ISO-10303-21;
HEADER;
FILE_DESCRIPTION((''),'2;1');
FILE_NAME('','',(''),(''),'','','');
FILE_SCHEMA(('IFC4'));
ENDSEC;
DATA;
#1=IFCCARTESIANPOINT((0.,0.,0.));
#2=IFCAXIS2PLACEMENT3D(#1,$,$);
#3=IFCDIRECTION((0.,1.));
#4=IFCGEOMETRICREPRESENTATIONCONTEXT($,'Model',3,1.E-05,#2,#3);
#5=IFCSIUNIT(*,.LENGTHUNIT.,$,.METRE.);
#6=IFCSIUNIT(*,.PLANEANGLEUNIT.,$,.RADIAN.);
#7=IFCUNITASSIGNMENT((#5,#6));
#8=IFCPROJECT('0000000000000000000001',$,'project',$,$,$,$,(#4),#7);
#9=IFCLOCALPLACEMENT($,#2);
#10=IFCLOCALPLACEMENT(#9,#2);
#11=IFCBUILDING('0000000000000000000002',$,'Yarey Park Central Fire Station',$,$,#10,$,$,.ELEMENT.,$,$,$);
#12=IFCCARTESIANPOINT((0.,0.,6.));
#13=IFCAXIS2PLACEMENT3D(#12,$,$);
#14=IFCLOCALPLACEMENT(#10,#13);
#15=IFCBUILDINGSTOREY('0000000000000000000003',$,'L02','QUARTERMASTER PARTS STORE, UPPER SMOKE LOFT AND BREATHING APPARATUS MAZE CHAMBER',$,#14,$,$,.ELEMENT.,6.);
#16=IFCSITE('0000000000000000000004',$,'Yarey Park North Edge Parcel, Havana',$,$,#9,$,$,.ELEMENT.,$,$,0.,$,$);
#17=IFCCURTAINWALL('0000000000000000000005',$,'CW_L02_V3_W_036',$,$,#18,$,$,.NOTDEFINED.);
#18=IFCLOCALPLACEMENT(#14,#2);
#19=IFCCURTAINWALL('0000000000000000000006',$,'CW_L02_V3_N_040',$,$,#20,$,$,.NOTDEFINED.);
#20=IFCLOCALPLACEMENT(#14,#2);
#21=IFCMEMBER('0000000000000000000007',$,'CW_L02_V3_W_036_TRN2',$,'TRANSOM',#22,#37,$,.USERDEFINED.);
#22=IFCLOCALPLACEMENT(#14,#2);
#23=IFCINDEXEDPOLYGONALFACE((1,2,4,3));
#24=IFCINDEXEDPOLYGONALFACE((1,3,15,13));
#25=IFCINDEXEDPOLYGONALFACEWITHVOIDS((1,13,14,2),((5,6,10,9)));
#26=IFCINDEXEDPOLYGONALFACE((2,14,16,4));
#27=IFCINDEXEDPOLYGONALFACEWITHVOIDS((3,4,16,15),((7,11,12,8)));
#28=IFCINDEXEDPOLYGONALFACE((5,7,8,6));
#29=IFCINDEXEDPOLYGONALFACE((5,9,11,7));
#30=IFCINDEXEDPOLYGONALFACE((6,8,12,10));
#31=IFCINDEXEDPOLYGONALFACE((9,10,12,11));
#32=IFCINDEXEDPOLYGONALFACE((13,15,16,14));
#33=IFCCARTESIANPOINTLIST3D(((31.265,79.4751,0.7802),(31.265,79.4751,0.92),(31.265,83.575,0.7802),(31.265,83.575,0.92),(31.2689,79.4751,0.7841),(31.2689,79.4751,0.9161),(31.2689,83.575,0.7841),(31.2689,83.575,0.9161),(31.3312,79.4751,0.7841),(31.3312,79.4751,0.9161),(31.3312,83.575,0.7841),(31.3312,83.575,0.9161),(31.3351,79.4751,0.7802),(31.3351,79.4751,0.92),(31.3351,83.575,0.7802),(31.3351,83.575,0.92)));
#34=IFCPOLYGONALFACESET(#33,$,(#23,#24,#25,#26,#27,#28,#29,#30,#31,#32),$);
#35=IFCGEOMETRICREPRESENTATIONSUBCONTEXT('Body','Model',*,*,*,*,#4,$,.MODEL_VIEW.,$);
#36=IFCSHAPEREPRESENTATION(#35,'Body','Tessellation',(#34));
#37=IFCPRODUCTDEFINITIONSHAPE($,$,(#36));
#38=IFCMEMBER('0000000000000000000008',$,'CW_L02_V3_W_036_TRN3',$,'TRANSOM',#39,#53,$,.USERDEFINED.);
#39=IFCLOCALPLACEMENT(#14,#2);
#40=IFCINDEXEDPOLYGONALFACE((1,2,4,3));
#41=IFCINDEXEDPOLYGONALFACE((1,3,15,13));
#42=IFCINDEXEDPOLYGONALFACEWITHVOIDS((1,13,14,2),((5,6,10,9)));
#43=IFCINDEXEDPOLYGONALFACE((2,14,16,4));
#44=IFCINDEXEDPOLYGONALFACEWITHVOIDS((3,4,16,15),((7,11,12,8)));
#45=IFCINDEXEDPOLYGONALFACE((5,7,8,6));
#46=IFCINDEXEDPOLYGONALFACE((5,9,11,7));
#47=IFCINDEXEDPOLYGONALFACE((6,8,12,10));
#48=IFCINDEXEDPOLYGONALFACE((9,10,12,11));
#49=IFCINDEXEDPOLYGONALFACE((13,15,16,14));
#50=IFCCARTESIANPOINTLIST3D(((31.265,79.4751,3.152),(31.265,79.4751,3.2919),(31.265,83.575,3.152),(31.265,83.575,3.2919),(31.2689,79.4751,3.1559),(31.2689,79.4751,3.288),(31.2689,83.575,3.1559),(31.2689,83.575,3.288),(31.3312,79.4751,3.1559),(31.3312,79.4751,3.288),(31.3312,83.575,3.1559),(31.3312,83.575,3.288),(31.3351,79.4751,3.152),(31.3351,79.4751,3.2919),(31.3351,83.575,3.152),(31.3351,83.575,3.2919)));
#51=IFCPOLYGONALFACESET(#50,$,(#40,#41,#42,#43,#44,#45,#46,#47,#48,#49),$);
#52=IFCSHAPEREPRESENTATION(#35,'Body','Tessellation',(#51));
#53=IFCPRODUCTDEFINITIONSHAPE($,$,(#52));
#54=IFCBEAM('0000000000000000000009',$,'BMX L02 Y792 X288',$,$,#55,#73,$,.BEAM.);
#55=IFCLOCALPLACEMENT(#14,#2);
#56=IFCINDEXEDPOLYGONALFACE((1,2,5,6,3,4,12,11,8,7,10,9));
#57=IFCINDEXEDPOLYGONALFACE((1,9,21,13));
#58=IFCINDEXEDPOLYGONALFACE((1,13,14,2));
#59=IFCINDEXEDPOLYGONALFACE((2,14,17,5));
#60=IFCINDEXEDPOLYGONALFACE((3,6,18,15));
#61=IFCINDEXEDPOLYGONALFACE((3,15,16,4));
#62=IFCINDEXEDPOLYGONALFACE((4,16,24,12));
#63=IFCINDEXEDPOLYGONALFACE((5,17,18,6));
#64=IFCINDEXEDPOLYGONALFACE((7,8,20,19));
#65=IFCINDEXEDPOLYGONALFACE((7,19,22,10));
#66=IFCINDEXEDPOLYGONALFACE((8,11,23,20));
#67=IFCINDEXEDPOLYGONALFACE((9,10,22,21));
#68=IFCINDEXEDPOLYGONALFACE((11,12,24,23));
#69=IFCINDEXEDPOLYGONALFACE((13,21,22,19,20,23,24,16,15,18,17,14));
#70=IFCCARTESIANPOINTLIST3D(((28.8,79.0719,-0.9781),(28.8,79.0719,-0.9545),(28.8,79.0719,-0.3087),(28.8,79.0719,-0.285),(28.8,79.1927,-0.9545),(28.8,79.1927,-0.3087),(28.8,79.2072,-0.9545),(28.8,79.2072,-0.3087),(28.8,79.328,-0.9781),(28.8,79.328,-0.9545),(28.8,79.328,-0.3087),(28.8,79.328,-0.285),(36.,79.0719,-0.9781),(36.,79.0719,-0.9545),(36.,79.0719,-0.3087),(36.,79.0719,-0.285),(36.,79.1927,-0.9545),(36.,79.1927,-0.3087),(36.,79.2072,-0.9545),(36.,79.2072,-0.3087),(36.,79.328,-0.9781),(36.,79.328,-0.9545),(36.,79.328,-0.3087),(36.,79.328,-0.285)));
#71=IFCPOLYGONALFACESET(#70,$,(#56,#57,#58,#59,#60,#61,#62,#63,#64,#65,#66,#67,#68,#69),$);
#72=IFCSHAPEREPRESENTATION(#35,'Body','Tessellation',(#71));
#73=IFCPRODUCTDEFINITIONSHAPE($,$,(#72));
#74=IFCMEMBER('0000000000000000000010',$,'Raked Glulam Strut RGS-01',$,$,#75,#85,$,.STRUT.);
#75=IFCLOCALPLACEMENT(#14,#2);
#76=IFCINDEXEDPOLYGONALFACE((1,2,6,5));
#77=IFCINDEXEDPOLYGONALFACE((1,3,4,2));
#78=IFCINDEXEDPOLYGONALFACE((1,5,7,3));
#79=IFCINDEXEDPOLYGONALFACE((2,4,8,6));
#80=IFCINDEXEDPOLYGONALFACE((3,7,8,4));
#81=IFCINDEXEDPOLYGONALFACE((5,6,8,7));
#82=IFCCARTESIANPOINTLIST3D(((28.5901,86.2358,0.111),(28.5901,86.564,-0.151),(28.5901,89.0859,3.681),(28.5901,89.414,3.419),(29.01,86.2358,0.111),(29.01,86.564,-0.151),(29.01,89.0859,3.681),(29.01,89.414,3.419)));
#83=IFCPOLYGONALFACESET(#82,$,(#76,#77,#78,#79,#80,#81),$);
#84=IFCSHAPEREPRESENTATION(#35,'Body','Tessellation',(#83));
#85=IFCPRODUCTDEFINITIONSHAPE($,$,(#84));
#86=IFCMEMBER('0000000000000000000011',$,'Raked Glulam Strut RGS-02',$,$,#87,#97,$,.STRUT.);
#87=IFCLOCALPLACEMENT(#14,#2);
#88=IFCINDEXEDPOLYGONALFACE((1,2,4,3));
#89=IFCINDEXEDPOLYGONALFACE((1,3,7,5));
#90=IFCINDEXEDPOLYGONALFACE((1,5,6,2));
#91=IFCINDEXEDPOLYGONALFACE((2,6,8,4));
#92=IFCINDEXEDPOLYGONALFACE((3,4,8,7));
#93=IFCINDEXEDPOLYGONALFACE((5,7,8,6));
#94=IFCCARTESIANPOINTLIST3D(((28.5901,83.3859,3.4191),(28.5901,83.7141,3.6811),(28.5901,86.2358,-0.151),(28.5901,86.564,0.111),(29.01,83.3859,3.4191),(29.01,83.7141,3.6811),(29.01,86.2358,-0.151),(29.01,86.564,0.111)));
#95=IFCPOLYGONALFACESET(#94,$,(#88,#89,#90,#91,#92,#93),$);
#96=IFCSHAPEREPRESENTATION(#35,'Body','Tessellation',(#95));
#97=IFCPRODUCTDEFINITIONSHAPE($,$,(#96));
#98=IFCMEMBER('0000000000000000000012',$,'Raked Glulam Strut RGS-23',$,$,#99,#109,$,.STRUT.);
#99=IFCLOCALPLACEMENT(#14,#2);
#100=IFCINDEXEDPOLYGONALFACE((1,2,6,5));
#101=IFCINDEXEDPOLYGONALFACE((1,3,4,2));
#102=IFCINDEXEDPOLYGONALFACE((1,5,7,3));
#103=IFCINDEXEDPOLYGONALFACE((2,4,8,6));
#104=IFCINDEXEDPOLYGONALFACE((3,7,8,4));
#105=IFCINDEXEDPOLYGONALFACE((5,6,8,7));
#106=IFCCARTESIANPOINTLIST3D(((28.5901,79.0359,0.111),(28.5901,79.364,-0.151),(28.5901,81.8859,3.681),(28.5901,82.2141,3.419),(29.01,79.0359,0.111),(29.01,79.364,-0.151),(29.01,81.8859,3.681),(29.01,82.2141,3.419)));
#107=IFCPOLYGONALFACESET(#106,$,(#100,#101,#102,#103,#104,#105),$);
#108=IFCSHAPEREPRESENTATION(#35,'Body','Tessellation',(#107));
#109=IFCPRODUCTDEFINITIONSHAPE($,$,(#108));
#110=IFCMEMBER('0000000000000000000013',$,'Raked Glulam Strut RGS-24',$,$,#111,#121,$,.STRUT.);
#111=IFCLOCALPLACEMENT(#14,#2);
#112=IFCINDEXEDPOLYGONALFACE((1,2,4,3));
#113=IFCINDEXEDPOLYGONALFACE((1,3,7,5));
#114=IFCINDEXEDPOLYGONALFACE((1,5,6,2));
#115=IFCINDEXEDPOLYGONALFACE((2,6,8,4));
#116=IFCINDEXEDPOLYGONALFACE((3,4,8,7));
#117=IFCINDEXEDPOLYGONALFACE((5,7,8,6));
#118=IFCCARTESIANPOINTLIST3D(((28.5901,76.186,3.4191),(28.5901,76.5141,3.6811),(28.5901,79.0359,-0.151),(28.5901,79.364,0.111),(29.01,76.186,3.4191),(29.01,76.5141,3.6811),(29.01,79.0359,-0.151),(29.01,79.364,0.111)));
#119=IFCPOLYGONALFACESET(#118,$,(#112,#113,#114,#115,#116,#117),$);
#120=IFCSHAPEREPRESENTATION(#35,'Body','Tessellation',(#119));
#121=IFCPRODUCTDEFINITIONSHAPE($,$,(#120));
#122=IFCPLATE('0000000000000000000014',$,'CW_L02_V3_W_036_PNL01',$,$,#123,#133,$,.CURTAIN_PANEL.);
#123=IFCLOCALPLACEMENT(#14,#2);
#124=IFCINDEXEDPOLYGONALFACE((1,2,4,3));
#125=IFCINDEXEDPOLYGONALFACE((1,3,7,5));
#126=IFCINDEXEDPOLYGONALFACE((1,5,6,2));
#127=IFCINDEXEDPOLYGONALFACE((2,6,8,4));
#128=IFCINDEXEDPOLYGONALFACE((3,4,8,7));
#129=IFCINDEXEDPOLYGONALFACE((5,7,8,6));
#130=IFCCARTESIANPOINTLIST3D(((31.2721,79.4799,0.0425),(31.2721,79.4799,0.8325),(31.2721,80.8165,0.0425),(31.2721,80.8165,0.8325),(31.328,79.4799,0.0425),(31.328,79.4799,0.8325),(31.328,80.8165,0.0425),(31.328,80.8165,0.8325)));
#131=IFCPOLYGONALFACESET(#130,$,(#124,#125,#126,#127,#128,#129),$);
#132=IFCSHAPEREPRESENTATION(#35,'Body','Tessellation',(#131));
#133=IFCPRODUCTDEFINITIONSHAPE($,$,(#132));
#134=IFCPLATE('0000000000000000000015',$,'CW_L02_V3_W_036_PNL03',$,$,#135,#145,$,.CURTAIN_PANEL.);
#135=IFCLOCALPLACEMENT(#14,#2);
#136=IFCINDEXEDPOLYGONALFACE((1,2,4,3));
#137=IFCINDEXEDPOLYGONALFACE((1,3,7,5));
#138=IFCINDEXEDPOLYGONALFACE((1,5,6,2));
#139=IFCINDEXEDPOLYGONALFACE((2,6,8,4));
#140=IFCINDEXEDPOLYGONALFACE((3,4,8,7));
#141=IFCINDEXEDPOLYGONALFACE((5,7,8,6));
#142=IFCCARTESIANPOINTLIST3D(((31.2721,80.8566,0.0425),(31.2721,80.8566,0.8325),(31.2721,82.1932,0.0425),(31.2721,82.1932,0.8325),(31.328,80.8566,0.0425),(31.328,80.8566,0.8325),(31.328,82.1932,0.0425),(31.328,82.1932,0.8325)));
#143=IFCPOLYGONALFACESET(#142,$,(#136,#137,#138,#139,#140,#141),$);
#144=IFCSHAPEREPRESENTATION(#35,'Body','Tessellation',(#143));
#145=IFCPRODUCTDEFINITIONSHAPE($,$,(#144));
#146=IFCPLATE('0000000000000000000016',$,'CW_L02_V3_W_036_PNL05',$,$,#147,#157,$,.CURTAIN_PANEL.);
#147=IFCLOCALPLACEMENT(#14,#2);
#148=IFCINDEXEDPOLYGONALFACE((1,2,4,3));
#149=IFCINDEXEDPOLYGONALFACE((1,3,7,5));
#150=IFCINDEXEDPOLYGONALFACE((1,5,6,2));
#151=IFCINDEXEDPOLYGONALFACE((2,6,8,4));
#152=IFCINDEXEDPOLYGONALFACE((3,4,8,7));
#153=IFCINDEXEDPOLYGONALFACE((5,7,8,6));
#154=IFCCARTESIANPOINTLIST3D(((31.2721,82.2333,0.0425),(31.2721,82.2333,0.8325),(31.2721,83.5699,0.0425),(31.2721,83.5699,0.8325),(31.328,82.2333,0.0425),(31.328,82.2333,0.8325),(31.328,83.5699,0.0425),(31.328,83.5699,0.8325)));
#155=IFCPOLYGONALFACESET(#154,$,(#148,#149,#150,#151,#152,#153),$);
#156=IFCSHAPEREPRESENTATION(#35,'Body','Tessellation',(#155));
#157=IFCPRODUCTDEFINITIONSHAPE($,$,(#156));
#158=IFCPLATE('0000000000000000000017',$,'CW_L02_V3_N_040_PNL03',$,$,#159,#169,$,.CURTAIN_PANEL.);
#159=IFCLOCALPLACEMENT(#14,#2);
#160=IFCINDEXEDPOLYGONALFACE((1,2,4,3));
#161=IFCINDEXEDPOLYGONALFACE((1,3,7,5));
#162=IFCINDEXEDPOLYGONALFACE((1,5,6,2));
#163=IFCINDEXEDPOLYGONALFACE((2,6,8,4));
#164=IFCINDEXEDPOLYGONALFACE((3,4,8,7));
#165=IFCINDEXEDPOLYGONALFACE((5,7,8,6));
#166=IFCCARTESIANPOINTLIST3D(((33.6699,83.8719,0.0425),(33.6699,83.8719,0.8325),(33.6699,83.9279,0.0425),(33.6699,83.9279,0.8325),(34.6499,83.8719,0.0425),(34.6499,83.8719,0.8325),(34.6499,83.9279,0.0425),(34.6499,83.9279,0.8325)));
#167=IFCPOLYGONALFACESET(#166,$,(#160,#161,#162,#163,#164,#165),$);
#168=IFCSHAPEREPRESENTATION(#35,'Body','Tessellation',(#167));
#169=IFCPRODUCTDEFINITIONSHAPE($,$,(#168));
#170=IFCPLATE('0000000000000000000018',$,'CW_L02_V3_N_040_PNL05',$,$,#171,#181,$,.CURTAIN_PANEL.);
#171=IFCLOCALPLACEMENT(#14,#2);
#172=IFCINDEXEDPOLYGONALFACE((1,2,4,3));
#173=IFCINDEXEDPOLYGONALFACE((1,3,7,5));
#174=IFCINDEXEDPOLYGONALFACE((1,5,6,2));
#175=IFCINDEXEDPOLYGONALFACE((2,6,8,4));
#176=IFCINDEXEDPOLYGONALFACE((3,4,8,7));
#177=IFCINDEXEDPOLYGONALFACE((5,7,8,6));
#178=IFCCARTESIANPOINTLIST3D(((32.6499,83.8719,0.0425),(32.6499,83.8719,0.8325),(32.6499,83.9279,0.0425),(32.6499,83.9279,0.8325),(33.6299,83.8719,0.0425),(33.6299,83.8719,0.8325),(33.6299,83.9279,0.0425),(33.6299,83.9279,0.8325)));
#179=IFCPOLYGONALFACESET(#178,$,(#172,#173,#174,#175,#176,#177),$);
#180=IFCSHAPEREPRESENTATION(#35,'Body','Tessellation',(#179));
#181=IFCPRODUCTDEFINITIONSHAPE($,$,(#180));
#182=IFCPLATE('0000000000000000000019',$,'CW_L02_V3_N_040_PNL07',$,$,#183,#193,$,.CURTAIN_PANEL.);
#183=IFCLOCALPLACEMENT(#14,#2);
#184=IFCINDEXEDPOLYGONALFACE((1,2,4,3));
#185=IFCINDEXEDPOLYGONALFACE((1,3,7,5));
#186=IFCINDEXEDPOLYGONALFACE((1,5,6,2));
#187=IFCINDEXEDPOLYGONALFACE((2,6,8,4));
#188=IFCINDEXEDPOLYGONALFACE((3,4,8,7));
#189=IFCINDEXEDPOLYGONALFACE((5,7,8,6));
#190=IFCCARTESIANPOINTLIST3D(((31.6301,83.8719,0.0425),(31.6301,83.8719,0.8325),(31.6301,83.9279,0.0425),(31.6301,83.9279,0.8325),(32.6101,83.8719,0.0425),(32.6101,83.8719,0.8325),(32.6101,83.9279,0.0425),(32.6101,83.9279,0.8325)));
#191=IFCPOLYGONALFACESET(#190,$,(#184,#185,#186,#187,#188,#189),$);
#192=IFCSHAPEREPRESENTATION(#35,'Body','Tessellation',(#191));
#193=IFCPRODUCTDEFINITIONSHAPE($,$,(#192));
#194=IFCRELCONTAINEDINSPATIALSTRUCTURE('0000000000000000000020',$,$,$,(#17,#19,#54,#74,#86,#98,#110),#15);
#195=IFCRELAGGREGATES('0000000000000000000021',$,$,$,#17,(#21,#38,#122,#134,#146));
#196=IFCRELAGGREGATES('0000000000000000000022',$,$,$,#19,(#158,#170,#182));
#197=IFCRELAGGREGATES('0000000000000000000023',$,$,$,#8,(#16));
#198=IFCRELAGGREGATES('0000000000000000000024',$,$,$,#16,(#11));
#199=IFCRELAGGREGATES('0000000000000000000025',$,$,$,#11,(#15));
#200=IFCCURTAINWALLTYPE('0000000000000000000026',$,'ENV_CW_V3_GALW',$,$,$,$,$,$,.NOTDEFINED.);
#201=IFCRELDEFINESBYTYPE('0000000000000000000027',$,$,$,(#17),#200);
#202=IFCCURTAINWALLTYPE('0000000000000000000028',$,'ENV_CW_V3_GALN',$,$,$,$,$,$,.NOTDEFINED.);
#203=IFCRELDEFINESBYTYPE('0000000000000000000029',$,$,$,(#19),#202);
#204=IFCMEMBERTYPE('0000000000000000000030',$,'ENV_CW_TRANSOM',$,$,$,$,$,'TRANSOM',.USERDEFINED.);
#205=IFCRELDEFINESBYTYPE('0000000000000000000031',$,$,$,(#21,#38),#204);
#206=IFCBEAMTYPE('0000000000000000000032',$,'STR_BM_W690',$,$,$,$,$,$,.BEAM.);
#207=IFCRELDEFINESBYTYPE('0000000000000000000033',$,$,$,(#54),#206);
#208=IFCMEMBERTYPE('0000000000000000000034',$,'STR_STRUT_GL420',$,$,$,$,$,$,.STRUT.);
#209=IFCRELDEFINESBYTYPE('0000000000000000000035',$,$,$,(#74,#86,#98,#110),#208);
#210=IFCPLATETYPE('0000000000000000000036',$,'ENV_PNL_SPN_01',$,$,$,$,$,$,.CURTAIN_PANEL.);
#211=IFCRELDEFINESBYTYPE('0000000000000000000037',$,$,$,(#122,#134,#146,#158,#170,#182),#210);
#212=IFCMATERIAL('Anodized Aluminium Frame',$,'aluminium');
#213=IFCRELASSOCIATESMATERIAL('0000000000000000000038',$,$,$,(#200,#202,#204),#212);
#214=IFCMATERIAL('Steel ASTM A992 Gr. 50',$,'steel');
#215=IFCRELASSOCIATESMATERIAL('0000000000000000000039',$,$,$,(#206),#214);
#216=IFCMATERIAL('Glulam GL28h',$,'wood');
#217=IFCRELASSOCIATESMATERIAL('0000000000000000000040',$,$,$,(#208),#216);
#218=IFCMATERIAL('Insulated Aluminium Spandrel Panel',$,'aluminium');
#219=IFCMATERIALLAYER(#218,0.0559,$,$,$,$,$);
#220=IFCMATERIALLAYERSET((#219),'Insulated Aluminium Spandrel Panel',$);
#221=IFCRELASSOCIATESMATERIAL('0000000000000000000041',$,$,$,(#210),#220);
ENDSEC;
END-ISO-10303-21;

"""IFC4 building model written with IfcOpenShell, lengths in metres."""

from ifc_helpers import new_model, si_unit, direction, frame, origin, origin_2d, place, context, subcontext, project, spatial, rectangle, hollow_rectangle, i_section, extrude, material, layer, layer_set, material_profile, profile_set, type_object, element, aggregate, save


model = new_model("IFC4")

# Units and contexts
model_context = context("Model", 3, precision=1e-05, world=origin(), true_north=direction((0.0, 1.0)))
body_context = subcontext(model_context, "Body", "Model", "MODEL_VIEW")
ifc_project = project(units=[si_unit("LENGTHUNIT", "METRE"), si_unit("PLANEANGLEUNIT", "RADIAN")], contexts=[model_context])

# Site, building, storey
site_placement = place(None, origin())
site = spatial("IfcSite", under=ifc_project, at=site_placement, Name="Yarey Park North Edge Parcel, Havana", CompositionType="ELEMENT", RefElevation=0.0)
building_placement = place(site_placement, origin())
building = spatial("IfcBuilding", under=site, at=building_placement, Name="Yarey Park Central Fire Station", CompositionType="ELEMENT")
storey_placement = place(building_placement, frame((0.0, 0.0, 6.0)))
storey = spatial("IfcBuildingStorey", under=building, at=storey_placement, Name="L02", Description="QUARTERMASTER PARTS STORE, UPPER SMOKE LOFT AND BREATHING APPARATUS MAZE CHAMBER", CompositionType="ELEMENT", Elevation=6.0)

# Shared definitions
ifc_material_1 = material(Name="Steel ASTM A992 Gr. 50", Category="steel")

# Curtain walls
ifc_material_2 = material(Name="Anodized Aluminium Frame", Category="aluminium")
curtain_wall_type_1 = type_object("IfcCurtainWallType", Name="ENV_CW_V3_GALW", PredefinedType="NOTDEFINED", material=ifc_material_2)
curtain_wall_1_placement = place(storey_placement, origin())
curtain_wall_1 = element("IfcCurtainWall", 1, at=curtain_wall_1_placement, inside=storey, type_object=curtain_wall_type_1, Name="CW_L02_V3_W_036", PredefinedType="NOTDEFINED")
curtain_wall_type_2 = type_object("IfcCurtainWallType", Name="ENV_CW_V3_GALN", PredefinedType="NOTDEFINED", material=ifc_material_2)
curtain_wall_2_placement = place(storey_placement, origin())
curtain_wall_2 = element("IfcCurtainWall", 2, at=curtain_wall_2_placement, inside=storey, type_object=curtain_wall_type_2, Name="CW_L02_V3_N_040", PredefinedType="NOTDEFINED")

# Members
ifc_material_profile_1 = material_profile(ifc_material_2, hollow_rectangle(XDim=0.0701, YDim=0.1399, WallThickness=0.0039, at=origin_2d()), Name="ALU 140x70x4")
ifc_profile_set_1 = profile_set([ifc_material_profile_1], Name="Anodized Aluminium Frame")
member_type_1 = type_object("IfcMemberType", Name="ENV_CW_TRANSOM", ElementType="TRANSOM", PredefinedType="USERDEFINED", material=ifc_profile_set_1)
member_1_placement = place(storey_placement, frame((31.3, 79.4751, 0.8501), z_axis=(0.0, 1.0, 0.0), x_axis=(-1.0, 0.0, 0.0)))
member_1 = element("IfcMember", 3, at=member_1_placement, type_object=member_type_1, Name="CW_L02_V3_W_036_TRN2", ObjectType="TRANSOM", PredefinedType="USERDEFINED", context=body_context, shape_type="SweptSolid", body=[
    extrude(hollow_rectangle(XDim=0.0701, YDim=0.1399, WallThickness=0.0039, at=origin_2d()), origin(), (0.0, 0.0, 1.0), 4.0999),
])
member_2_placement = place(storey_placement, frame((31.3, 79.4751, 3.2219), z_axis=(0.0, 1.0, 0.0), x_axis=(-1.0, 0.0, 0.0)))
member_2 = element("IfcMember", 4, at=member_2_placement, type_object=member_type_1, Name="CW_L02_V3_W_036_TRN3", ObjectType="TRANSOM", PredefinedType="USERDEFINED", context=body_context, shape_type="SweptSolid", body=[
    extrude(hollow_rectangle(XDim=0.0701, YDim=0.1399, WallThickness=0.0039, at=origin_2d()), origin(), (0.0, 0.0, 1.0), 4.0999),
])

# Beam
ifc_material_profile_2 = material_profile(ifc_material_1, i_section(OverallWidth=0.2561, OverallDepth=0.6931, WebThickness=0.0144, FlangeThickness=0.0237, at=origin_2d()), Name="W690x170")
ifc_profile_set_2 = profile_set([ifc_material_profile_2], Name="Steel ASTM A992 Gr. 50")
beam_type = type_object("IfcBeamType", Name="STR_BM_W690", PredefinedType="BEAM", material=ifc_profile_set_2)
beam_placement = place(storey_placement, frame((28.8, 79.2, -0.6316), z_axis=(1.0, 0.0, 0.0), x_axis=(0.0, 1.0, 0.0)))
element("IfcBeam", 5, at=beam_placement, inside=storey, type_object=beam_type, Name="BMX L02 Y792 X288", PredefinedType="BEAM", context=body_context, shape_type="SweptSolid", body=[
    extrude(i_section(OverallWidth=0.2561, OverallDepth=0.6931, WebThickness=0.0144, FlangeThickness=0.0237, at=origin_2d()), origin(), (0.0, 0.0, 1.0), 7.2),
])

# Members
ifc_material_3 = material(Name="Glulam GL28h", Category="wood")
ifc_material_profile_3 = material_profile(ifc_material_3, rectangle(XDim=0.4199, YDim=0.4199, at=origin_2d()), Name="GL 420x420")
ifc_profile_set_3 = profile_set([ifc_material_profile_3], Name="Glulam GL28h")
member_type_2 = type_object("IfcMemberType", Name="STR_STRUT_GL420", PredefinedType="STRUT", material=ifc_profile_set_3)
for number, where, z_axis, x_axis, name in (
    (6, (28.8, 86.3999, -0.02), (0.0, 0.6239, 0.781505), (-1.0, 0.0, 0.0), "Raked Glulam Strut RGS-01"),
    (7, (28.8, 86.3999, -0.02), (0.0, -0.623867, 0.781531), (1.0, 0.0, 0.0), "Raked Glulam Strut RGS-02"),
    (8, (28.8, 79.2, -0.02), (0.0, 0.6239, 0.781505), (-1.0, 0.0, 0.0), "Raked Glulam Strut RGS-23"),
    (9, (28.8, 79.2, -0.02), (0.0, -0.623867, 0.781531), (1.0, 0.0, 0.0), "Raked Glulam Strut RGS-24"),
):
    element("IfcMember", number, at=place(storey_placement, frame(where, z_axis=z_axis, x_axis=x_axis)), inside=storey, type_object=member_type_2, Name=name, PredefinedType="STRUT", context=body_context, shape_type="SweptSolid", body=[
        extrude(rectangle(XDim=0.4199, YDim=0.4199, at=origin_2d()), origin(), (0.0, 0.0, 1.0), 4.5681),
    ])

# Plates
ifc_material_4 = material(Name="Insulated Aluminium Spandrel Panel", Category="aluminium")
ifc_layer_1 = layer(ifc_material_4, 0.0559)
ifc_layer_set_1 = layer_set([ifc_layer_1], Name="Insulated Aluminium Spandrel Panel")
plate_type_1 = type_object("IfcPlateType", Name="ENV_PNL_SPN_01", PredefinedType="CURTAIN_PANEL", material=ifc_layer_set_1)
plate_1_placement = place(storey_placement, frame((31.3, 80.1482, 0.0425), z_axis=(0.0, 0.0, 1.0), x_axis=(0.0, 1.0, 0.0)))
plate_1 = element("IfcPlate", 10, at=plate_1_placement, type_object=plate_type_1, Name="CW_L02_V3_W_036_PNL01", PredefinedType="CURTAIN_PANEL", context=body_context, shape_type="SweptSolid", body=[
    extrude(rectangle(XDim=1.3367, YDim=0.0559, at=origin_2d()), origin(), (0.0, 0.0, 1.0), 0.79),
])
plate_2_placement = place(storey_placement, frame((31.3, 81.5249, 0.0425), z_axis=(0.0, 0.0, 1.0), x_axis=(0.0, 1.0, 0.0)))
plate_2 = element("IfcPlate", 11, at=plate_2_placement, type_object=plate_type_1, Name="CW_L02_V3_W_036_PNL03", PredefinedType="CURTAIN_PANEL", context=body_context, shape_type="SweptSolid", body=[
    extrude(rectangle(XDim=1.3367, YDim=0.0559, at=origin_2d()), origin(), (0.0, 0.0, 1.0), 0.79),
])
plate_3_placement = place(storey_placement, frame((31.3, 82.9016, 0.0425), z_axis=(0.0, 0.0, 1.0), x_axis=(0.0, 1.0, 0.0)))
plate_3 = element("IfcPlate", 12, at=plate_3_placement, type_object=plate_type_1, Name="CW_L02_V3_W_036_PNL05", PredefinedType="CURTAIN_PANEL", context=body_context, shape_type="SweptSolid", body=[
    extrude(rectangle(XDim=1.3367, YDim=0.0559, at=origin_2d()), origin(), (0.0, 0.0, 1.0), 0.79),
])
plate_4_placement = place(storey_placement, frame((34.1599, 83.8999, 0.0425), z_axis=(0.0, 0.0, 1.0), x_axis=(-1.0, 0.0, 0.0)))
plate_4 = element("IfcPlate", 13, at=plate_4_placement, type_object=plate_type_1, Name="CW_L02_V3_N_040_PNL03", PredefinedType="CURTAIN_PANEL", context=body_context, shape_type="SweptSolid", body=[
    extrude(rectangle(XDim=0.98, YDim=0.0559, at=origin_2d()), origin(), (0.0, 0.0, 1.0), 0.79),
])
plate_5_placement = place(storey_placement, frame((33.1399, 83.8999, 0.0425), z_axis=(0.0, 0.0, 1.0), x_axis=(-1.0, 0.0, 0.0)))
plate_5 = element("IfcPlate", 14, at=plate_5_placement, type_object=plate_type_1, Name="CW_L02_V3_N_040_PNL05", PredefinedType="CURTAIN_PANEL", context=body_context, shape_type="SweptSolid", body=[
    extrude(rectangle(XDim=0.98, YDim=0.0559, at=origin_2d()), origin(), (0.0, 0.0, 1.0), 0.79),
])
plate_6_placement = place(storey_placement, frame((32.1201, 83.8999, 0.0425), z_axis=(0.0, 0.0, 1.0), x_axis=(-1.0, 0.0, 0.0)))
plate_6 = element("IfcPlate", 15, at=plate_6_placement, type_object=plate_type_1, Name="CW_L02_V3_N_040_PNL07", PredefinedType="CURTAIN_PANEL", context=body_context, shape_type="SweptSolid", body=[
    extrude(rectangle(XDim=0.98, YDim=0.0559, at=origin_2d()), origin(), (0.0, 0.0, 1.0), 0.79),
])
aggregate(curtain_wall_1, [member_1, member_2, plate_1, plate_2, plate_3])
aggregate(curtain_wall_2, [plate_4, plate_5, plate_6])

save(model, "model.ifc")
